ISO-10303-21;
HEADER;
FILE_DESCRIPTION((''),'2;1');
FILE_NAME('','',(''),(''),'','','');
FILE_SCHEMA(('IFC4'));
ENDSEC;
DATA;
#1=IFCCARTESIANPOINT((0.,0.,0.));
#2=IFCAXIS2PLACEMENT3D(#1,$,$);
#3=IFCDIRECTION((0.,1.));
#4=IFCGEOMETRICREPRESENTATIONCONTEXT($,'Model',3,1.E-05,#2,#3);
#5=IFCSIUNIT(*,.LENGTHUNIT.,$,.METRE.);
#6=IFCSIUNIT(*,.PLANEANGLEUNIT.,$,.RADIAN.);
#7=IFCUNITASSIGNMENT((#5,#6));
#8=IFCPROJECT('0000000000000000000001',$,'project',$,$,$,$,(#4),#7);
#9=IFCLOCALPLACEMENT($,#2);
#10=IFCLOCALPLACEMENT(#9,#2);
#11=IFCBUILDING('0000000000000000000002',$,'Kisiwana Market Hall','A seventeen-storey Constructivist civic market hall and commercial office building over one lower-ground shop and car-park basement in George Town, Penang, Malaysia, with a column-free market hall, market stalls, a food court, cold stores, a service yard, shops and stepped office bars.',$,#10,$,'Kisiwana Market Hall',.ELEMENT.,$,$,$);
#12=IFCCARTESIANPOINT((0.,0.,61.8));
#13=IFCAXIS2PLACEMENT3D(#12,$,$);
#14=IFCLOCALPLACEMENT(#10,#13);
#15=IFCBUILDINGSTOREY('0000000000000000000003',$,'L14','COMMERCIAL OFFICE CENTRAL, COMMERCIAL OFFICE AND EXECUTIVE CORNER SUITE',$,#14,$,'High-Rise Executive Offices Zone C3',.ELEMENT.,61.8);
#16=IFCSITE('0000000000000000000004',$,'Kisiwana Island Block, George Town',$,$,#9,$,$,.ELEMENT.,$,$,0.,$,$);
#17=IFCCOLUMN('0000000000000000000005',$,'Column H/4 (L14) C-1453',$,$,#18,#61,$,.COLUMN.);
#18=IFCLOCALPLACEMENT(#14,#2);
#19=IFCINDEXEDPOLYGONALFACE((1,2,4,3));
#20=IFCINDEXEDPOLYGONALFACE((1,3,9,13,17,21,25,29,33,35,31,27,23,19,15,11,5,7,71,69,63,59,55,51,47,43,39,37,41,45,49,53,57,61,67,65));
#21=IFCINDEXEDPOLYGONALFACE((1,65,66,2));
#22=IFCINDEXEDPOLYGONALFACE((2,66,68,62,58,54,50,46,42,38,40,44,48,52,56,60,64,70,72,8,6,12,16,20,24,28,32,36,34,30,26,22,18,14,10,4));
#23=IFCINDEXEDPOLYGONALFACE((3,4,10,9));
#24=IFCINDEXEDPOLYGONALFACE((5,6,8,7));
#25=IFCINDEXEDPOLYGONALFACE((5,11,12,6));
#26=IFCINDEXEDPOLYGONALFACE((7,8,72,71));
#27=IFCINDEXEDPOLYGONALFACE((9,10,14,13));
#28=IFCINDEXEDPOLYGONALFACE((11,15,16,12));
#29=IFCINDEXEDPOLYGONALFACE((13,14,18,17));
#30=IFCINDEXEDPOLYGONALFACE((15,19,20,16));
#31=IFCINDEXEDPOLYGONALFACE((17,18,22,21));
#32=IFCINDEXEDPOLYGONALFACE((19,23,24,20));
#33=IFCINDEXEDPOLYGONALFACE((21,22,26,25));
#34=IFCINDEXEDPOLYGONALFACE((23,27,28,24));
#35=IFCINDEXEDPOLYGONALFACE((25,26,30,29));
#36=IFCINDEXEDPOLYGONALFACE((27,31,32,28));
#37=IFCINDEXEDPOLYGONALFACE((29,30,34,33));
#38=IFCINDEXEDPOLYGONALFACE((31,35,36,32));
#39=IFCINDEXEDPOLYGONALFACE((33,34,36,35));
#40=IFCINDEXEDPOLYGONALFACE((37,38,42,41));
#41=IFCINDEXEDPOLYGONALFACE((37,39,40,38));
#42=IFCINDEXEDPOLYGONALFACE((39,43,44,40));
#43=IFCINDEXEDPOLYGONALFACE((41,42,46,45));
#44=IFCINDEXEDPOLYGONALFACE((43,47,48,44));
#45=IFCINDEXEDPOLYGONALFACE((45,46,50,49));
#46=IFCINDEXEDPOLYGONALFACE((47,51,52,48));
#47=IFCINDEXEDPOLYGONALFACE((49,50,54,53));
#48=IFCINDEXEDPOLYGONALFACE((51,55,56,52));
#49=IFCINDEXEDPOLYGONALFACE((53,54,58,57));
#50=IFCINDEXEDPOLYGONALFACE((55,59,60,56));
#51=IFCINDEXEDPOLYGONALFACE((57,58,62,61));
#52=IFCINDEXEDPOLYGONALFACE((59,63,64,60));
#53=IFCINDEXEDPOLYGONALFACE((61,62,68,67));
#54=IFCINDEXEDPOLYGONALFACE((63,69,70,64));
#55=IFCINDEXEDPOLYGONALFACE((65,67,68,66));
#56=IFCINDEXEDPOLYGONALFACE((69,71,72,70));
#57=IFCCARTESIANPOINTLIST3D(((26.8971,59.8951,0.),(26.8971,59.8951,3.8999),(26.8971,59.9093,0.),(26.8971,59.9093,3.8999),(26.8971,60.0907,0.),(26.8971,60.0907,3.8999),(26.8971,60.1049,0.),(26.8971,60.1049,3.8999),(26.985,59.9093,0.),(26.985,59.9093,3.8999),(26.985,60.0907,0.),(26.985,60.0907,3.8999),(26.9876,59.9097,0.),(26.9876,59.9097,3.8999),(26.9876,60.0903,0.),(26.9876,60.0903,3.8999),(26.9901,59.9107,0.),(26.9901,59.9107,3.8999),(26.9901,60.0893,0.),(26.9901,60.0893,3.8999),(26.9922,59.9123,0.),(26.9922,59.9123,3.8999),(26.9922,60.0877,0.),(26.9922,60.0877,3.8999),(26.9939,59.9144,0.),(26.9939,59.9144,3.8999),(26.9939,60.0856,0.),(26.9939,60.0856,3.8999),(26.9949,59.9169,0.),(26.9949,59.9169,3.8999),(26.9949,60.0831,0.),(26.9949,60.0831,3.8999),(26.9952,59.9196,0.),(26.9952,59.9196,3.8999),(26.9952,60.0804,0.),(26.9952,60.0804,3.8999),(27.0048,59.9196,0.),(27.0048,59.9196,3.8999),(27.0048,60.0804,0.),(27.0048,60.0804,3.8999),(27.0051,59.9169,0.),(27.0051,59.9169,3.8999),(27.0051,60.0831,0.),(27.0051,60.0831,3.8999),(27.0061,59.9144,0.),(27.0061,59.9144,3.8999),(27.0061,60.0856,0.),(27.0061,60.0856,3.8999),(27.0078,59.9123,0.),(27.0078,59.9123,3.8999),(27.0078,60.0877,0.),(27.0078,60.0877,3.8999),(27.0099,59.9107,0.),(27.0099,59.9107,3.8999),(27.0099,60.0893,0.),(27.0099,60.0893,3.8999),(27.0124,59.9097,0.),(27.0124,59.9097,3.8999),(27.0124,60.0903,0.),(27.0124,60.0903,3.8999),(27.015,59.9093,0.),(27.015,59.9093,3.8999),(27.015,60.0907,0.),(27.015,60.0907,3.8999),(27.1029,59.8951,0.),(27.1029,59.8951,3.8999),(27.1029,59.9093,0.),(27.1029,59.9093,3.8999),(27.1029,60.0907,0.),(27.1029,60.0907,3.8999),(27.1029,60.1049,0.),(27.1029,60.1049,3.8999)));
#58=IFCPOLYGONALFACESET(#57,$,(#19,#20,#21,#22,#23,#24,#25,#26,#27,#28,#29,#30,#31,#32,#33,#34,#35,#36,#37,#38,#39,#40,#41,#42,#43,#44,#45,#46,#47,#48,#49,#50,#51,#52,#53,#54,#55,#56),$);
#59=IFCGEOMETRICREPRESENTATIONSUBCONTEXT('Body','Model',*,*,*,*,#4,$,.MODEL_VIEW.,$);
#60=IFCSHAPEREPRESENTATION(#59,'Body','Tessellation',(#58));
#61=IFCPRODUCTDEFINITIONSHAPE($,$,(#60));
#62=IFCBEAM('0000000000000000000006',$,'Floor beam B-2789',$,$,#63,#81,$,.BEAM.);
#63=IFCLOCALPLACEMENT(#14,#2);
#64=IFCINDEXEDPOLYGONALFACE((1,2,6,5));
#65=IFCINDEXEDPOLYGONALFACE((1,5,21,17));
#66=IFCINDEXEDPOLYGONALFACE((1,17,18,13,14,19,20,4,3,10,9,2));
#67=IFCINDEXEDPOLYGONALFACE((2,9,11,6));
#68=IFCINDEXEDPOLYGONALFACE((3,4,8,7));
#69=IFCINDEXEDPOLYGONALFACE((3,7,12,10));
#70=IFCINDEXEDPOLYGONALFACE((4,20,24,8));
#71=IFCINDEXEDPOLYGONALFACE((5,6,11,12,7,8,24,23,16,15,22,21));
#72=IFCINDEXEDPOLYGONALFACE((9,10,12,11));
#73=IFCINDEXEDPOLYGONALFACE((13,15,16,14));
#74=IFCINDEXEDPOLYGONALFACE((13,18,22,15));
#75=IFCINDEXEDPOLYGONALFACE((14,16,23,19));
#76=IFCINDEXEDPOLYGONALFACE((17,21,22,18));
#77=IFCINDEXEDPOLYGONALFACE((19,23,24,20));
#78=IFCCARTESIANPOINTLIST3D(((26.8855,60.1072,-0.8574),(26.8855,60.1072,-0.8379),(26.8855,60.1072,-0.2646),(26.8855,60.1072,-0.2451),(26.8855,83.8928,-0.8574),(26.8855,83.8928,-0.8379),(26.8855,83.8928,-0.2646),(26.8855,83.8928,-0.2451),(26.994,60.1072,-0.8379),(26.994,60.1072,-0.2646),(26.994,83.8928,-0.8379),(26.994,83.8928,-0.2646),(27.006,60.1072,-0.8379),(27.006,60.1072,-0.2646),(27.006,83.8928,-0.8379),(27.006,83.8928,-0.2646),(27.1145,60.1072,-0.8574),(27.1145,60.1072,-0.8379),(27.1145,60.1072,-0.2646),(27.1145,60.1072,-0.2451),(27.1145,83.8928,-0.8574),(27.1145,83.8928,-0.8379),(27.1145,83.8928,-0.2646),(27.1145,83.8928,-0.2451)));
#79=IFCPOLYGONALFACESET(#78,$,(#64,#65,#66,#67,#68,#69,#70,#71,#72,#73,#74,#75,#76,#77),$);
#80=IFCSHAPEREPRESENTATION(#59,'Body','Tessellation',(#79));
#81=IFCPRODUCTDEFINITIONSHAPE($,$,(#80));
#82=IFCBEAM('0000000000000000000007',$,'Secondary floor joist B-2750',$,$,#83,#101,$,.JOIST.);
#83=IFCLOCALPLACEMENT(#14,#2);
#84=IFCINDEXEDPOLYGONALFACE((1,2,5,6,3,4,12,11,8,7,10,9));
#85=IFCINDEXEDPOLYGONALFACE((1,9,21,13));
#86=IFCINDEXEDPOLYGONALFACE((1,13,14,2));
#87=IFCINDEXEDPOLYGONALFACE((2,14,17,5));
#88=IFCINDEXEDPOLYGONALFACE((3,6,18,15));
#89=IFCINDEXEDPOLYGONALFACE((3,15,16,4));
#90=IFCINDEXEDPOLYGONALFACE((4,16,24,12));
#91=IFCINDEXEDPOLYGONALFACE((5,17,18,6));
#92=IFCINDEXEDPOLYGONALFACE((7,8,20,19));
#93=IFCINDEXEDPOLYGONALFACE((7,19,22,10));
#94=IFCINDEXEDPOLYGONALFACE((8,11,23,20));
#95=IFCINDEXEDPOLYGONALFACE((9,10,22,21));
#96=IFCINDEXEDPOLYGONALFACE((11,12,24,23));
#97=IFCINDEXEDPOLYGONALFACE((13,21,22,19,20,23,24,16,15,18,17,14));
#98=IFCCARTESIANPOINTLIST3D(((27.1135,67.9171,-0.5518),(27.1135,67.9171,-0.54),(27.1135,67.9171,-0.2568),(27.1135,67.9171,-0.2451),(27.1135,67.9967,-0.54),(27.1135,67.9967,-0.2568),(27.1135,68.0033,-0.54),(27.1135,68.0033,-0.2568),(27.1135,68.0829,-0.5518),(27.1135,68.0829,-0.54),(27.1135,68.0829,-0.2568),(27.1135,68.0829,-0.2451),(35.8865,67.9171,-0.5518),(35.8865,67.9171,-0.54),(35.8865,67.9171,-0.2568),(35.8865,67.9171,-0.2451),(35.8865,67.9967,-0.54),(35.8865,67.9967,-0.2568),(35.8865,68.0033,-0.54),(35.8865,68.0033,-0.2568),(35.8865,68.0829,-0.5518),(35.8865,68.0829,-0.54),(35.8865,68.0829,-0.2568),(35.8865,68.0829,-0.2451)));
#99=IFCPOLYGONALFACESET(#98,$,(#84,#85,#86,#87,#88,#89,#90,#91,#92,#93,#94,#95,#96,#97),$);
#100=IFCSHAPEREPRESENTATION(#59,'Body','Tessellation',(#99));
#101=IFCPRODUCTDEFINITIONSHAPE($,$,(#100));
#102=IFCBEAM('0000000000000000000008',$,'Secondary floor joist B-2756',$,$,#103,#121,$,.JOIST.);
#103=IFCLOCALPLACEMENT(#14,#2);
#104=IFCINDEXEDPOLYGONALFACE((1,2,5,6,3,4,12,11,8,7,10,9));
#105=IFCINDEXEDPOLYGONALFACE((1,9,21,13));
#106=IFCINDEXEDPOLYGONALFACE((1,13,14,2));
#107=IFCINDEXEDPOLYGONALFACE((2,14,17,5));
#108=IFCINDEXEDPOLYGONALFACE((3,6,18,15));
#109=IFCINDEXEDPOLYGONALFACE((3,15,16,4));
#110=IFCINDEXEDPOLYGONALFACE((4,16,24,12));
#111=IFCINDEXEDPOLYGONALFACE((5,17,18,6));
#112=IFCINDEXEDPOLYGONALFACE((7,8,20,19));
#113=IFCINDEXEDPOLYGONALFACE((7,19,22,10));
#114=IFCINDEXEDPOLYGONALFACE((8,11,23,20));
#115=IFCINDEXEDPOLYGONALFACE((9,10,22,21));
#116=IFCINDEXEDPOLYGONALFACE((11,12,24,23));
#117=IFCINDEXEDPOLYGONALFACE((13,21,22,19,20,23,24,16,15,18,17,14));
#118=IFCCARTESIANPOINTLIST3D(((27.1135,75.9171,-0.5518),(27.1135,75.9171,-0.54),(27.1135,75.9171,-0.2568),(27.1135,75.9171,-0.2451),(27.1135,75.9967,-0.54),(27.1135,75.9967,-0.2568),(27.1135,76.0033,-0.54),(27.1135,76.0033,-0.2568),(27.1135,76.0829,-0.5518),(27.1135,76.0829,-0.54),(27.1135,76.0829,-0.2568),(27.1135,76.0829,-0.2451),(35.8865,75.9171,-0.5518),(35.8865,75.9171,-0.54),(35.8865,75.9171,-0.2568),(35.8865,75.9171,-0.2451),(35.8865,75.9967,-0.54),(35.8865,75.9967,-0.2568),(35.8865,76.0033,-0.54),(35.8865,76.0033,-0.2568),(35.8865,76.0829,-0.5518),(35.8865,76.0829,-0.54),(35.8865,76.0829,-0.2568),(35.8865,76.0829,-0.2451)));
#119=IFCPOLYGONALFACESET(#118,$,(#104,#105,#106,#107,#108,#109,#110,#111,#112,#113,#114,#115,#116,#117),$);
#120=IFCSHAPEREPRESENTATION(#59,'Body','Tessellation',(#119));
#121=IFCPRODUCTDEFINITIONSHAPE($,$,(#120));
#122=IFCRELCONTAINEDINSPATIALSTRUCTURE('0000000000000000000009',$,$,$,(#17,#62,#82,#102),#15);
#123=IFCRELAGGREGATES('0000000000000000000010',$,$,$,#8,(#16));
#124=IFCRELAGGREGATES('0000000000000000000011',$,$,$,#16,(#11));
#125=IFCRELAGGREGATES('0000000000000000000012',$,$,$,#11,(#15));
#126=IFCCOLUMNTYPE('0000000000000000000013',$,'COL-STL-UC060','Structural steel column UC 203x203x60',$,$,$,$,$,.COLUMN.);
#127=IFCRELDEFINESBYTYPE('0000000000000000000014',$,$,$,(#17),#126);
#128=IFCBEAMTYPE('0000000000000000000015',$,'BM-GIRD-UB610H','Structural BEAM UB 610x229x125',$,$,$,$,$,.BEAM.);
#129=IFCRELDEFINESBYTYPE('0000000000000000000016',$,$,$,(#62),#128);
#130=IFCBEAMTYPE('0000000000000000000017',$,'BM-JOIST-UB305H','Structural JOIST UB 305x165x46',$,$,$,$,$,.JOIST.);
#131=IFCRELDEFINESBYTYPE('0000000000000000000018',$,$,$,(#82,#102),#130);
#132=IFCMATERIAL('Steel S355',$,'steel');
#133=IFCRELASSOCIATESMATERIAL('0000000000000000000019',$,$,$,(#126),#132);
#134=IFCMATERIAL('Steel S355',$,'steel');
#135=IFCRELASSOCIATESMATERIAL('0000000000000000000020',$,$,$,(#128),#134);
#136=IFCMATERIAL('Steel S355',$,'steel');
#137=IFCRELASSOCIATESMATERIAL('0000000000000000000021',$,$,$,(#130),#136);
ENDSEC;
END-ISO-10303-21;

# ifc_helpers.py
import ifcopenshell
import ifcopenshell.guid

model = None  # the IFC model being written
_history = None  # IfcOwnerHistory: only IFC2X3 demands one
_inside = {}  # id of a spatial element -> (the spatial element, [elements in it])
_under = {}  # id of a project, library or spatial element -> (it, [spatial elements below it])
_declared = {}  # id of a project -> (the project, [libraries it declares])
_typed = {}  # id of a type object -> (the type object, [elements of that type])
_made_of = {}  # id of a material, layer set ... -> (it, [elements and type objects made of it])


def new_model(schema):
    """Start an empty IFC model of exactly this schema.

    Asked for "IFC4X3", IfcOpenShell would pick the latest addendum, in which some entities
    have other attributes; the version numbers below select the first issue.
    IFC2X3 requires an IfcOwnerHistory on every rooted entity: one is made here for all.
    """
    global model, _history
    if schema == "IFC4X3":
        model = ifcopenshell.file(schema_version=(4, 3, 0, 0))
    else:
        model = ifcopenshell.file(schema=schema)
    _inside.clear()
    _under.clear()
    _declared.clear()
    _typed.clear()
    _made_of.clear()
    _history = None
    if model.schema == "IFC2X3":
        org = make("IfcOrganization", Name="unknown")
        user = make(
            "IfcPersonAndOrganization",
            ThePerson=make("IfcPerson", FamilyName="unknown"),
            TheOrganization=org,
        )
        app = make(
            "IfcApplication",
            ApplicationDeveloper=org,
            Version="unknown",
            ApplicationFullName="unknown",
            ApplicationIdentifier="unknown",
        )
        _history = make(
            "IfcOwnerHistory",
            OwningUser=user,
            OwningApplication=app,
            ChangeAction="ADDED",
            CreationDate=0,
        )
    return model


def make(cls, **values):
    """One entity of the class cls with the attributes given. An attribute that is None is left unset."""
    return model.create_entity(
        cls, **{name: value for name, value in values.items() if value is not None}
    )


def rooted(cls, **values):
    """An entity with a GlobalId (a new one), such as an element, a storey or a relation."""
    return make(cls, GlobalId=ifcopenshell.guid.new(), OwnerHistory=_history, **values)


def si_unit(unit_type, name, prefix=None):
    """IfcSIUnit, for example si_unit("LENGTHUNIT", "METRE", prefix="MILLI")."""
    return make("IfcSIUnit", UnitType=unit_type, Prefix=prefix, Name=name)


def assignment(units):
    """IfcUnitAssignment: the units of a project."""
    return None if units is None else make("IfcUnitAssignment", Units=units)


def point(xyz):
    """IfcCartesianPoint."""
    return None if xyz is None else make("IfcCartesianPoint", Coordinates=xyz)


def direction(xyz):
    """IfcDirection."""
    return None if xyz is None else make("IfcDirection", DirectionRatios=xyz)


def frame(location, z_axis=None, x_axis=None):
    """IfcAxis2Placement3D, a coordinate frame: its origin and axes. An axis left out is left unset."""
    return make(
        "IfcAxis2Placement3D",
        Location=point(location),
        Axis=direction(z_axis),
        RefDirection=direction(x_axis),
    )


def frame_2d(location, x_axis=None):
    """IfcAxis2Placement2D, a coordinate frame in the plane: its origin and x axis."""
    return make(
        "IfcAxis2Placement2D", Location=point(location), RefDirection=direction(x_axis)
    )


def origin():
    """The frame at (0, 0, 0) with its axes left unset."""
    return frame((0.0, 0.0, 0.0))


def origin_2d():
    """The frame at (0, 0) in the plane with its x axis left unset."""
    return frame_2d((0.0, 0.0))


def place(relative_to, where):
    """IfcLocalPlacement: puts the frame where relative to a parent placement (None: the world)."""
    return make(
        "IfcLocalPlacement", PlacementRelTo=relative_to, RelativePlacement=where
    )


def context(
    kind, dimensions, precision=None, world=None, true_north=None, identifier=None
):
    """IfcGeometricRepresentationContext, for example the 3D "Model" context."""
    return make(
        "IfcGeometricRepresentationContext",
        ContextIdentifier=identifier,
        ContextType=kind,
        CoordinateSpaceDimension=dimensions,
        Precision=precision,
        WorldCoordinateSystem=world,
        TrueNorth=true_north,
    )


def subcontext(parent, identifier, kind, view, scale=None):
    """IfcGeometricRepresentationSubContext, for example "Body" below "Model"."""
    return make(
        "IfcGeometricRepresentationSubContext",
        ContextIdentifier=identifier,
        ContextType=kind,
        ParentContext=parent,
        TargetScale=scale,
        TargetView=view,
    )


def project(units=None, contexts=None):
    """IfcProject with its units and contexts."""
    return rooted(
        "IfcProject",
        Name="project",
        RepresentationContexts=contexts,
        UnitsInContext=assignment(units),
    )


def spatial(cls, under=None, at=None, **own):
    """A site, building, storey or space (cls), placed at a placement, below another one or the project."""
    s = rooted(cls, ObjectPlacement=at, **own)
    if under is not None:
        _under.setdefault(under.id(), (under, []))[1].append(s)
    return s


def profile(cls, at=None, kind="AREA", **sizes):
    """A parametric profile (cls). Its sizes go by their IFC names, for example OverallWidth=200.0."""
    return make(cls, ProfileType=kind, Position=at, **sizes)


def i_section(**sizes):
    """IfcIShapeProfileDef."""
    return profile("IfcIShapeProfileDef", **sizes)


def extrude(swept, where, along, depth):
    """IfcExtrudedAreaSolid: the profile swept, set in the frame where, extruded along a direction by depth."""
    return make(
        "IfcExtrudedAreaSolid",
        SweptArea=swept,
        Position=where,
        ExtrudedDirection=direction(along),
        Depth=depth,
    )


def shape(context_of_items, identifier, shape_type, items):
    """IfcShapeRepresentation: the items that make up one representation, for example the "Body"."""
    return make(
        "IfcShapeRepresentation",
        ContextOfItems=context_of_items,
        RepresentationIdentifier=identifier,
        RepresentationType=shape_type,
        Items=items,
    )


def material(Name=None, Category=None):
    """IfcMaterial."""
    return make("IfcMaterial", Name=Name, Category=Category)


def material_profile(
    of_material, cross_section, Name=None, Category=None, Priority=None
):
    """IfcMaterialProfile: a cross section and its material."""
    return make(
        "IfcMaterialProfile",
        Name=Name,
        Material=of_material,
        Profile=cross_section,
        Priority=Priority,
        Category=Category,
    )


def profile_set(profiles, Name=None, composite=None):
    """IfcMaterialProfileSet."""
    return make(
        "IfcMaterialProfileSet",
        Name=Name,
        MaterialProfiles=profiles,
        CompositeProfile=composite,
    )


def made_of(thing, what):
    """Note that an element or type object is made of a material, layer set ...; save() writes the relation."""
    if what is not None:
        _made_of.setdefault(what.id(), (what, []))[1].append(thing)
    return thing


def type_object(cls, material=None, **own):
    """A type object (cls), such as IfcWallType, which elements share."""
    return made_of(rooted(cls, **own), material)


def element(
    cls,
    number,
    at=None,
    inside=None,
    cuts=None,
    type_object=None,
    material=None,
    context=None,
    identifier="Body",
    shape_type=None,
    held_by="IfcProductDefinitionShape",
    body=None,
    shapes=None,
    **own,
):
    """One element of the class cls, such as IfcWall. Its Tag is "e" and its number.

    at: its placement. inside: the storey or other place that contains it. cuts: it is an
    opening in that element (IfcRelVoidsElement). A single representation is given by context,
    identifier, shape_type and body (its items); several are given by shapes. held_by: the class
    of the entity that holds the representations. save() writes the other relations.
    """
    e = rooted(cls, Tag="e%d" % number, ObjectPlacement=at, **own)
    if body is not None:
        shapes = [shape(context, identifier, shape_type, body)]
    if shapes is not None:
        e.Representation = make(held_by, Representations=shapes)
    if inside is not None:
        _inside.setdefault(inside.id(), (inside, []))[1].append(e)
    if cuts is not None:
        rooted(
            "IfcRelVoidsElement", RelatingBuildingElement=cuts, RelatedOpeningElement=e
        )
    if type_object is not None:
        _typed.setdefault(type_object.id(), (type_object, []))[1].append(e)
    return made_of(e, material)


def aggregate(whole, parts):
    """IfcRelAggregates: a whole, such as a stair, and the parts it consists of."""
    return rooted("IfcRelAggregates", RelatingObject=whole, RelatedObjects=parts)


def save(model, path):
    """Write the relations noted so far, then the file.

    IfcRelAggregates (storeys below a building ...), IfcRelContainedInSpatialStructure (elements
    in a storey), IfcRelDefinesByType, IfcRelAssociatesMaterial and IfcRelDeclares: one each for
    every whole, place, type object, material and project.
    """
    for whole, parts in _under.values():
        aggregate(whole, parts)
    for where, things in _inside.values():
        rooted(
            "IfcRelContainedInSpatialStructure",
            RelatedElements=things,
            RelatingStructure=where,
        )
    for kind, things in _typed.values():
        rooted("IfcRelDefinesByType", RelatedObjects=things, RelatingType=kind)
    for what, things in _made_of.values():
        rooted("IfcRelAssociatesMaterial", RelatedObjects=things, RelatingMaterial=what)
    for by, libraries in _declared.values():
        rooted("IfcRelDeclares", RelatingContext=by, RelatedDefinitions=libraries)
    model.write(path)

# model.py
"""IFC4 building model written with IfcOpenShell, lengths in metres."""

from ifc_helpers import new_model, si_unit, direction, frame, origin, origin_2d, place, context, subcontext, project, spatial, i_section, extrude, material, material_profile, profile_set, type_object, element, save


model = new_model("IFC4")

# Units and contexts
model_context = context("Model", 3, precision=1e-05, world=origin(), true_north=direction((0.0, 1.0)))
body_context = subcontext(model_context, "Body", "Model", "MODEL_VIEW")
ifc_project = project(units=[si_unit("LENGTHUNIT", "METRE"), si_unit("PLANEANGLEUNIT", "RADIAN")], contexts=[model_context])

# Site, building, storey
site_placement = place(None, origin())
site = spatial("IfcSite", under=ifc_project, at=site_placement, Name="Kisiwana Island Block, George Town", CompositionType="ELEMENT", RefElevation=0.0)
building_placement = place(site_placement, origin())
building = spatial("IfcBuilding", under=site, at=building_placement, Name="Kisiwana Market Hall", Description="A seventeen-storey Constructivist civic market hall and commercial office building over one lower-ground shop and car-park basement in George Town, Penang, Malaysia, with a column-free market hall, market stalls, a food court, cold stores, a service yard, shops and stepped office bars.", LongName="Kisiwana Market Hall", CompositionType="ELEMENT")
storey_placement = place(building_placement, frame((0.0, 0.0, 61.8)))
storey = spatial("IfcBuildingStorey", under=building, at=storey_placement, Name="L14", Description="COMMERCIAL OFFICE CENTRAL, COMMERCIAL OFFICE AND EXECUTIVE CORNER SUITE", LongName="High-Rise Executive Offices Zone C3", CompositionType="ELEMENT", Elevation=61.8)

# Column
ifc_material_1 = material(Name="Steel S355", Category="steel")
ifc_material_profile_1 = material_profile(ifc_material_1, i_section(OverallWidth=0.2058, OverallDepth=0.2097, WebThickness=0.0095, FlangeThickness=0.0142, FilletRadius=0.0103, at=origin_2d()), Name="UC 203x203x60")
ifc_profile_set_1 = profile_set([ifc_material_profile_1], Name="Steel S355")
column_type = type_object("IfcColumnType", Name="COL-STL-UC060", Description="Structural steel column UC 203x203x60", PredefinedType="COLUMN", material=ifc_profile_set_1)
column_placement = place(storey_placement, frame((27.0, 60.0, 0.0), z_axis=(0.0, 0.0, 1.0), x_axis=(1.0, 0.0, 0.0)))
element("IfcColumn", 1, at=column_placement, inside=storey, type_object=column_type, Name="Column H/4 (L14) C-1453", PredefinedType="COLUMN", context=body_context, shape_type="SweptSolid", body=[
    extrude(i_section(OverallWidth=0.2058, OverallDepth=0.2097, WebThickness=0.0095, FlangeThickness=0.0142, FilletRadius=0.0103, at=origin_2d()), origin(), (0.0, 0.0, 1.0), 3.8999),
])

# Beams
ifc_material_2 = material(Name="Steel S355", Category="steel")
ifc_material_profile_2 = material_profile(ifc_material_2, i_section(OverallWidth=0.229, OverallDepth=0.6123, WebThickness=0.012, FlangeThickness=0.0195, at=origin_2d()), Name="UB 610x229x125")
ifc_profile_set_2 = profile_set([ifc_material_profile_2], Name="Steel S355")
beam_type_1 = type_object("IfcBeamType", Name="BM-GIRD-UB610H", Description="Structural BEAM UB 610x229x125", PredefinedType="BEAM", material=ifc_profile_set_2)
beam_placement = place(storey_placement, frame((27.0, 60.1072, -0.5513), z_axis=(0.0, 1.0, 0.0), x_axis=(-1.0, 0.0, 0.0)))
element("IfcBeam", 2, at=beam_placement, inside=storey, type_object=beam_type_1, Name="Floor beam B-2789", PredefinedType="BEAM", context=body_context, shape_type="SweptSolid", body=[
    extrude(i_section(OverallWidth=0.229, OverallDepth=0.6123, WebThickness=0.012, FlangeThickness=0.0195, at=origin_2d()), origin(), (0.0, 0.0, 1.0), 23.7856),
])
ifc_material_3 = material(Name="Steel S355", Category="steel")
ifc_material_profile_3 = material_profile(ifc_material_3, i_section(OverallWidth=0.1658, OverallDepth=0.3066, WebThickness=0.0066, FlangeThickness=0.0117, at=origin_2d()), Name="UB 305x165x46")
ifc_profile_set_3 = profile_set([ifc_material_profile_3], Name="Steel S355")
beam_type_2 = type_object("IfcBeamType", Name="BM-JOIST-UB305H", Description="Structural JOIST UB 305x165x46", PredefinedType="JOIST", material=ifc_profile_set_3)
for number, where, z_axis, x_axis, name in (
    (3, (27.1135, 68.0, -0.3984), (1.0, 0.0, 0.0), (0.0, 1.0, 0.0), "Secondary floor joist B-2750"),
    (4, (27.1135, 76.0, -0.3984), (1.0, 0.0, 0.0), (0.0, 1.0, 0.0), "Secondary floor joist B-2756"),
):
    element("IfcBeam", number, at=place(storey_placement, frame(where, z_axis=z_axis, x_axis=x_axis)), inside=storey, type_object=beam_type_2, Name=name, PredefinedType="JOIST", context=body_context, shape_type="SweptSolid", body=[
        extrude(i_section(OverallWidth=0.1658, OverallDepth=0.3066, WebThickness=0.0066, FlangeThickness=0.0117, at=origin_2d()), origin(), (0.0, 0.0, 1.0), 8.7729),
    ])

save(model, "model.ifc")
